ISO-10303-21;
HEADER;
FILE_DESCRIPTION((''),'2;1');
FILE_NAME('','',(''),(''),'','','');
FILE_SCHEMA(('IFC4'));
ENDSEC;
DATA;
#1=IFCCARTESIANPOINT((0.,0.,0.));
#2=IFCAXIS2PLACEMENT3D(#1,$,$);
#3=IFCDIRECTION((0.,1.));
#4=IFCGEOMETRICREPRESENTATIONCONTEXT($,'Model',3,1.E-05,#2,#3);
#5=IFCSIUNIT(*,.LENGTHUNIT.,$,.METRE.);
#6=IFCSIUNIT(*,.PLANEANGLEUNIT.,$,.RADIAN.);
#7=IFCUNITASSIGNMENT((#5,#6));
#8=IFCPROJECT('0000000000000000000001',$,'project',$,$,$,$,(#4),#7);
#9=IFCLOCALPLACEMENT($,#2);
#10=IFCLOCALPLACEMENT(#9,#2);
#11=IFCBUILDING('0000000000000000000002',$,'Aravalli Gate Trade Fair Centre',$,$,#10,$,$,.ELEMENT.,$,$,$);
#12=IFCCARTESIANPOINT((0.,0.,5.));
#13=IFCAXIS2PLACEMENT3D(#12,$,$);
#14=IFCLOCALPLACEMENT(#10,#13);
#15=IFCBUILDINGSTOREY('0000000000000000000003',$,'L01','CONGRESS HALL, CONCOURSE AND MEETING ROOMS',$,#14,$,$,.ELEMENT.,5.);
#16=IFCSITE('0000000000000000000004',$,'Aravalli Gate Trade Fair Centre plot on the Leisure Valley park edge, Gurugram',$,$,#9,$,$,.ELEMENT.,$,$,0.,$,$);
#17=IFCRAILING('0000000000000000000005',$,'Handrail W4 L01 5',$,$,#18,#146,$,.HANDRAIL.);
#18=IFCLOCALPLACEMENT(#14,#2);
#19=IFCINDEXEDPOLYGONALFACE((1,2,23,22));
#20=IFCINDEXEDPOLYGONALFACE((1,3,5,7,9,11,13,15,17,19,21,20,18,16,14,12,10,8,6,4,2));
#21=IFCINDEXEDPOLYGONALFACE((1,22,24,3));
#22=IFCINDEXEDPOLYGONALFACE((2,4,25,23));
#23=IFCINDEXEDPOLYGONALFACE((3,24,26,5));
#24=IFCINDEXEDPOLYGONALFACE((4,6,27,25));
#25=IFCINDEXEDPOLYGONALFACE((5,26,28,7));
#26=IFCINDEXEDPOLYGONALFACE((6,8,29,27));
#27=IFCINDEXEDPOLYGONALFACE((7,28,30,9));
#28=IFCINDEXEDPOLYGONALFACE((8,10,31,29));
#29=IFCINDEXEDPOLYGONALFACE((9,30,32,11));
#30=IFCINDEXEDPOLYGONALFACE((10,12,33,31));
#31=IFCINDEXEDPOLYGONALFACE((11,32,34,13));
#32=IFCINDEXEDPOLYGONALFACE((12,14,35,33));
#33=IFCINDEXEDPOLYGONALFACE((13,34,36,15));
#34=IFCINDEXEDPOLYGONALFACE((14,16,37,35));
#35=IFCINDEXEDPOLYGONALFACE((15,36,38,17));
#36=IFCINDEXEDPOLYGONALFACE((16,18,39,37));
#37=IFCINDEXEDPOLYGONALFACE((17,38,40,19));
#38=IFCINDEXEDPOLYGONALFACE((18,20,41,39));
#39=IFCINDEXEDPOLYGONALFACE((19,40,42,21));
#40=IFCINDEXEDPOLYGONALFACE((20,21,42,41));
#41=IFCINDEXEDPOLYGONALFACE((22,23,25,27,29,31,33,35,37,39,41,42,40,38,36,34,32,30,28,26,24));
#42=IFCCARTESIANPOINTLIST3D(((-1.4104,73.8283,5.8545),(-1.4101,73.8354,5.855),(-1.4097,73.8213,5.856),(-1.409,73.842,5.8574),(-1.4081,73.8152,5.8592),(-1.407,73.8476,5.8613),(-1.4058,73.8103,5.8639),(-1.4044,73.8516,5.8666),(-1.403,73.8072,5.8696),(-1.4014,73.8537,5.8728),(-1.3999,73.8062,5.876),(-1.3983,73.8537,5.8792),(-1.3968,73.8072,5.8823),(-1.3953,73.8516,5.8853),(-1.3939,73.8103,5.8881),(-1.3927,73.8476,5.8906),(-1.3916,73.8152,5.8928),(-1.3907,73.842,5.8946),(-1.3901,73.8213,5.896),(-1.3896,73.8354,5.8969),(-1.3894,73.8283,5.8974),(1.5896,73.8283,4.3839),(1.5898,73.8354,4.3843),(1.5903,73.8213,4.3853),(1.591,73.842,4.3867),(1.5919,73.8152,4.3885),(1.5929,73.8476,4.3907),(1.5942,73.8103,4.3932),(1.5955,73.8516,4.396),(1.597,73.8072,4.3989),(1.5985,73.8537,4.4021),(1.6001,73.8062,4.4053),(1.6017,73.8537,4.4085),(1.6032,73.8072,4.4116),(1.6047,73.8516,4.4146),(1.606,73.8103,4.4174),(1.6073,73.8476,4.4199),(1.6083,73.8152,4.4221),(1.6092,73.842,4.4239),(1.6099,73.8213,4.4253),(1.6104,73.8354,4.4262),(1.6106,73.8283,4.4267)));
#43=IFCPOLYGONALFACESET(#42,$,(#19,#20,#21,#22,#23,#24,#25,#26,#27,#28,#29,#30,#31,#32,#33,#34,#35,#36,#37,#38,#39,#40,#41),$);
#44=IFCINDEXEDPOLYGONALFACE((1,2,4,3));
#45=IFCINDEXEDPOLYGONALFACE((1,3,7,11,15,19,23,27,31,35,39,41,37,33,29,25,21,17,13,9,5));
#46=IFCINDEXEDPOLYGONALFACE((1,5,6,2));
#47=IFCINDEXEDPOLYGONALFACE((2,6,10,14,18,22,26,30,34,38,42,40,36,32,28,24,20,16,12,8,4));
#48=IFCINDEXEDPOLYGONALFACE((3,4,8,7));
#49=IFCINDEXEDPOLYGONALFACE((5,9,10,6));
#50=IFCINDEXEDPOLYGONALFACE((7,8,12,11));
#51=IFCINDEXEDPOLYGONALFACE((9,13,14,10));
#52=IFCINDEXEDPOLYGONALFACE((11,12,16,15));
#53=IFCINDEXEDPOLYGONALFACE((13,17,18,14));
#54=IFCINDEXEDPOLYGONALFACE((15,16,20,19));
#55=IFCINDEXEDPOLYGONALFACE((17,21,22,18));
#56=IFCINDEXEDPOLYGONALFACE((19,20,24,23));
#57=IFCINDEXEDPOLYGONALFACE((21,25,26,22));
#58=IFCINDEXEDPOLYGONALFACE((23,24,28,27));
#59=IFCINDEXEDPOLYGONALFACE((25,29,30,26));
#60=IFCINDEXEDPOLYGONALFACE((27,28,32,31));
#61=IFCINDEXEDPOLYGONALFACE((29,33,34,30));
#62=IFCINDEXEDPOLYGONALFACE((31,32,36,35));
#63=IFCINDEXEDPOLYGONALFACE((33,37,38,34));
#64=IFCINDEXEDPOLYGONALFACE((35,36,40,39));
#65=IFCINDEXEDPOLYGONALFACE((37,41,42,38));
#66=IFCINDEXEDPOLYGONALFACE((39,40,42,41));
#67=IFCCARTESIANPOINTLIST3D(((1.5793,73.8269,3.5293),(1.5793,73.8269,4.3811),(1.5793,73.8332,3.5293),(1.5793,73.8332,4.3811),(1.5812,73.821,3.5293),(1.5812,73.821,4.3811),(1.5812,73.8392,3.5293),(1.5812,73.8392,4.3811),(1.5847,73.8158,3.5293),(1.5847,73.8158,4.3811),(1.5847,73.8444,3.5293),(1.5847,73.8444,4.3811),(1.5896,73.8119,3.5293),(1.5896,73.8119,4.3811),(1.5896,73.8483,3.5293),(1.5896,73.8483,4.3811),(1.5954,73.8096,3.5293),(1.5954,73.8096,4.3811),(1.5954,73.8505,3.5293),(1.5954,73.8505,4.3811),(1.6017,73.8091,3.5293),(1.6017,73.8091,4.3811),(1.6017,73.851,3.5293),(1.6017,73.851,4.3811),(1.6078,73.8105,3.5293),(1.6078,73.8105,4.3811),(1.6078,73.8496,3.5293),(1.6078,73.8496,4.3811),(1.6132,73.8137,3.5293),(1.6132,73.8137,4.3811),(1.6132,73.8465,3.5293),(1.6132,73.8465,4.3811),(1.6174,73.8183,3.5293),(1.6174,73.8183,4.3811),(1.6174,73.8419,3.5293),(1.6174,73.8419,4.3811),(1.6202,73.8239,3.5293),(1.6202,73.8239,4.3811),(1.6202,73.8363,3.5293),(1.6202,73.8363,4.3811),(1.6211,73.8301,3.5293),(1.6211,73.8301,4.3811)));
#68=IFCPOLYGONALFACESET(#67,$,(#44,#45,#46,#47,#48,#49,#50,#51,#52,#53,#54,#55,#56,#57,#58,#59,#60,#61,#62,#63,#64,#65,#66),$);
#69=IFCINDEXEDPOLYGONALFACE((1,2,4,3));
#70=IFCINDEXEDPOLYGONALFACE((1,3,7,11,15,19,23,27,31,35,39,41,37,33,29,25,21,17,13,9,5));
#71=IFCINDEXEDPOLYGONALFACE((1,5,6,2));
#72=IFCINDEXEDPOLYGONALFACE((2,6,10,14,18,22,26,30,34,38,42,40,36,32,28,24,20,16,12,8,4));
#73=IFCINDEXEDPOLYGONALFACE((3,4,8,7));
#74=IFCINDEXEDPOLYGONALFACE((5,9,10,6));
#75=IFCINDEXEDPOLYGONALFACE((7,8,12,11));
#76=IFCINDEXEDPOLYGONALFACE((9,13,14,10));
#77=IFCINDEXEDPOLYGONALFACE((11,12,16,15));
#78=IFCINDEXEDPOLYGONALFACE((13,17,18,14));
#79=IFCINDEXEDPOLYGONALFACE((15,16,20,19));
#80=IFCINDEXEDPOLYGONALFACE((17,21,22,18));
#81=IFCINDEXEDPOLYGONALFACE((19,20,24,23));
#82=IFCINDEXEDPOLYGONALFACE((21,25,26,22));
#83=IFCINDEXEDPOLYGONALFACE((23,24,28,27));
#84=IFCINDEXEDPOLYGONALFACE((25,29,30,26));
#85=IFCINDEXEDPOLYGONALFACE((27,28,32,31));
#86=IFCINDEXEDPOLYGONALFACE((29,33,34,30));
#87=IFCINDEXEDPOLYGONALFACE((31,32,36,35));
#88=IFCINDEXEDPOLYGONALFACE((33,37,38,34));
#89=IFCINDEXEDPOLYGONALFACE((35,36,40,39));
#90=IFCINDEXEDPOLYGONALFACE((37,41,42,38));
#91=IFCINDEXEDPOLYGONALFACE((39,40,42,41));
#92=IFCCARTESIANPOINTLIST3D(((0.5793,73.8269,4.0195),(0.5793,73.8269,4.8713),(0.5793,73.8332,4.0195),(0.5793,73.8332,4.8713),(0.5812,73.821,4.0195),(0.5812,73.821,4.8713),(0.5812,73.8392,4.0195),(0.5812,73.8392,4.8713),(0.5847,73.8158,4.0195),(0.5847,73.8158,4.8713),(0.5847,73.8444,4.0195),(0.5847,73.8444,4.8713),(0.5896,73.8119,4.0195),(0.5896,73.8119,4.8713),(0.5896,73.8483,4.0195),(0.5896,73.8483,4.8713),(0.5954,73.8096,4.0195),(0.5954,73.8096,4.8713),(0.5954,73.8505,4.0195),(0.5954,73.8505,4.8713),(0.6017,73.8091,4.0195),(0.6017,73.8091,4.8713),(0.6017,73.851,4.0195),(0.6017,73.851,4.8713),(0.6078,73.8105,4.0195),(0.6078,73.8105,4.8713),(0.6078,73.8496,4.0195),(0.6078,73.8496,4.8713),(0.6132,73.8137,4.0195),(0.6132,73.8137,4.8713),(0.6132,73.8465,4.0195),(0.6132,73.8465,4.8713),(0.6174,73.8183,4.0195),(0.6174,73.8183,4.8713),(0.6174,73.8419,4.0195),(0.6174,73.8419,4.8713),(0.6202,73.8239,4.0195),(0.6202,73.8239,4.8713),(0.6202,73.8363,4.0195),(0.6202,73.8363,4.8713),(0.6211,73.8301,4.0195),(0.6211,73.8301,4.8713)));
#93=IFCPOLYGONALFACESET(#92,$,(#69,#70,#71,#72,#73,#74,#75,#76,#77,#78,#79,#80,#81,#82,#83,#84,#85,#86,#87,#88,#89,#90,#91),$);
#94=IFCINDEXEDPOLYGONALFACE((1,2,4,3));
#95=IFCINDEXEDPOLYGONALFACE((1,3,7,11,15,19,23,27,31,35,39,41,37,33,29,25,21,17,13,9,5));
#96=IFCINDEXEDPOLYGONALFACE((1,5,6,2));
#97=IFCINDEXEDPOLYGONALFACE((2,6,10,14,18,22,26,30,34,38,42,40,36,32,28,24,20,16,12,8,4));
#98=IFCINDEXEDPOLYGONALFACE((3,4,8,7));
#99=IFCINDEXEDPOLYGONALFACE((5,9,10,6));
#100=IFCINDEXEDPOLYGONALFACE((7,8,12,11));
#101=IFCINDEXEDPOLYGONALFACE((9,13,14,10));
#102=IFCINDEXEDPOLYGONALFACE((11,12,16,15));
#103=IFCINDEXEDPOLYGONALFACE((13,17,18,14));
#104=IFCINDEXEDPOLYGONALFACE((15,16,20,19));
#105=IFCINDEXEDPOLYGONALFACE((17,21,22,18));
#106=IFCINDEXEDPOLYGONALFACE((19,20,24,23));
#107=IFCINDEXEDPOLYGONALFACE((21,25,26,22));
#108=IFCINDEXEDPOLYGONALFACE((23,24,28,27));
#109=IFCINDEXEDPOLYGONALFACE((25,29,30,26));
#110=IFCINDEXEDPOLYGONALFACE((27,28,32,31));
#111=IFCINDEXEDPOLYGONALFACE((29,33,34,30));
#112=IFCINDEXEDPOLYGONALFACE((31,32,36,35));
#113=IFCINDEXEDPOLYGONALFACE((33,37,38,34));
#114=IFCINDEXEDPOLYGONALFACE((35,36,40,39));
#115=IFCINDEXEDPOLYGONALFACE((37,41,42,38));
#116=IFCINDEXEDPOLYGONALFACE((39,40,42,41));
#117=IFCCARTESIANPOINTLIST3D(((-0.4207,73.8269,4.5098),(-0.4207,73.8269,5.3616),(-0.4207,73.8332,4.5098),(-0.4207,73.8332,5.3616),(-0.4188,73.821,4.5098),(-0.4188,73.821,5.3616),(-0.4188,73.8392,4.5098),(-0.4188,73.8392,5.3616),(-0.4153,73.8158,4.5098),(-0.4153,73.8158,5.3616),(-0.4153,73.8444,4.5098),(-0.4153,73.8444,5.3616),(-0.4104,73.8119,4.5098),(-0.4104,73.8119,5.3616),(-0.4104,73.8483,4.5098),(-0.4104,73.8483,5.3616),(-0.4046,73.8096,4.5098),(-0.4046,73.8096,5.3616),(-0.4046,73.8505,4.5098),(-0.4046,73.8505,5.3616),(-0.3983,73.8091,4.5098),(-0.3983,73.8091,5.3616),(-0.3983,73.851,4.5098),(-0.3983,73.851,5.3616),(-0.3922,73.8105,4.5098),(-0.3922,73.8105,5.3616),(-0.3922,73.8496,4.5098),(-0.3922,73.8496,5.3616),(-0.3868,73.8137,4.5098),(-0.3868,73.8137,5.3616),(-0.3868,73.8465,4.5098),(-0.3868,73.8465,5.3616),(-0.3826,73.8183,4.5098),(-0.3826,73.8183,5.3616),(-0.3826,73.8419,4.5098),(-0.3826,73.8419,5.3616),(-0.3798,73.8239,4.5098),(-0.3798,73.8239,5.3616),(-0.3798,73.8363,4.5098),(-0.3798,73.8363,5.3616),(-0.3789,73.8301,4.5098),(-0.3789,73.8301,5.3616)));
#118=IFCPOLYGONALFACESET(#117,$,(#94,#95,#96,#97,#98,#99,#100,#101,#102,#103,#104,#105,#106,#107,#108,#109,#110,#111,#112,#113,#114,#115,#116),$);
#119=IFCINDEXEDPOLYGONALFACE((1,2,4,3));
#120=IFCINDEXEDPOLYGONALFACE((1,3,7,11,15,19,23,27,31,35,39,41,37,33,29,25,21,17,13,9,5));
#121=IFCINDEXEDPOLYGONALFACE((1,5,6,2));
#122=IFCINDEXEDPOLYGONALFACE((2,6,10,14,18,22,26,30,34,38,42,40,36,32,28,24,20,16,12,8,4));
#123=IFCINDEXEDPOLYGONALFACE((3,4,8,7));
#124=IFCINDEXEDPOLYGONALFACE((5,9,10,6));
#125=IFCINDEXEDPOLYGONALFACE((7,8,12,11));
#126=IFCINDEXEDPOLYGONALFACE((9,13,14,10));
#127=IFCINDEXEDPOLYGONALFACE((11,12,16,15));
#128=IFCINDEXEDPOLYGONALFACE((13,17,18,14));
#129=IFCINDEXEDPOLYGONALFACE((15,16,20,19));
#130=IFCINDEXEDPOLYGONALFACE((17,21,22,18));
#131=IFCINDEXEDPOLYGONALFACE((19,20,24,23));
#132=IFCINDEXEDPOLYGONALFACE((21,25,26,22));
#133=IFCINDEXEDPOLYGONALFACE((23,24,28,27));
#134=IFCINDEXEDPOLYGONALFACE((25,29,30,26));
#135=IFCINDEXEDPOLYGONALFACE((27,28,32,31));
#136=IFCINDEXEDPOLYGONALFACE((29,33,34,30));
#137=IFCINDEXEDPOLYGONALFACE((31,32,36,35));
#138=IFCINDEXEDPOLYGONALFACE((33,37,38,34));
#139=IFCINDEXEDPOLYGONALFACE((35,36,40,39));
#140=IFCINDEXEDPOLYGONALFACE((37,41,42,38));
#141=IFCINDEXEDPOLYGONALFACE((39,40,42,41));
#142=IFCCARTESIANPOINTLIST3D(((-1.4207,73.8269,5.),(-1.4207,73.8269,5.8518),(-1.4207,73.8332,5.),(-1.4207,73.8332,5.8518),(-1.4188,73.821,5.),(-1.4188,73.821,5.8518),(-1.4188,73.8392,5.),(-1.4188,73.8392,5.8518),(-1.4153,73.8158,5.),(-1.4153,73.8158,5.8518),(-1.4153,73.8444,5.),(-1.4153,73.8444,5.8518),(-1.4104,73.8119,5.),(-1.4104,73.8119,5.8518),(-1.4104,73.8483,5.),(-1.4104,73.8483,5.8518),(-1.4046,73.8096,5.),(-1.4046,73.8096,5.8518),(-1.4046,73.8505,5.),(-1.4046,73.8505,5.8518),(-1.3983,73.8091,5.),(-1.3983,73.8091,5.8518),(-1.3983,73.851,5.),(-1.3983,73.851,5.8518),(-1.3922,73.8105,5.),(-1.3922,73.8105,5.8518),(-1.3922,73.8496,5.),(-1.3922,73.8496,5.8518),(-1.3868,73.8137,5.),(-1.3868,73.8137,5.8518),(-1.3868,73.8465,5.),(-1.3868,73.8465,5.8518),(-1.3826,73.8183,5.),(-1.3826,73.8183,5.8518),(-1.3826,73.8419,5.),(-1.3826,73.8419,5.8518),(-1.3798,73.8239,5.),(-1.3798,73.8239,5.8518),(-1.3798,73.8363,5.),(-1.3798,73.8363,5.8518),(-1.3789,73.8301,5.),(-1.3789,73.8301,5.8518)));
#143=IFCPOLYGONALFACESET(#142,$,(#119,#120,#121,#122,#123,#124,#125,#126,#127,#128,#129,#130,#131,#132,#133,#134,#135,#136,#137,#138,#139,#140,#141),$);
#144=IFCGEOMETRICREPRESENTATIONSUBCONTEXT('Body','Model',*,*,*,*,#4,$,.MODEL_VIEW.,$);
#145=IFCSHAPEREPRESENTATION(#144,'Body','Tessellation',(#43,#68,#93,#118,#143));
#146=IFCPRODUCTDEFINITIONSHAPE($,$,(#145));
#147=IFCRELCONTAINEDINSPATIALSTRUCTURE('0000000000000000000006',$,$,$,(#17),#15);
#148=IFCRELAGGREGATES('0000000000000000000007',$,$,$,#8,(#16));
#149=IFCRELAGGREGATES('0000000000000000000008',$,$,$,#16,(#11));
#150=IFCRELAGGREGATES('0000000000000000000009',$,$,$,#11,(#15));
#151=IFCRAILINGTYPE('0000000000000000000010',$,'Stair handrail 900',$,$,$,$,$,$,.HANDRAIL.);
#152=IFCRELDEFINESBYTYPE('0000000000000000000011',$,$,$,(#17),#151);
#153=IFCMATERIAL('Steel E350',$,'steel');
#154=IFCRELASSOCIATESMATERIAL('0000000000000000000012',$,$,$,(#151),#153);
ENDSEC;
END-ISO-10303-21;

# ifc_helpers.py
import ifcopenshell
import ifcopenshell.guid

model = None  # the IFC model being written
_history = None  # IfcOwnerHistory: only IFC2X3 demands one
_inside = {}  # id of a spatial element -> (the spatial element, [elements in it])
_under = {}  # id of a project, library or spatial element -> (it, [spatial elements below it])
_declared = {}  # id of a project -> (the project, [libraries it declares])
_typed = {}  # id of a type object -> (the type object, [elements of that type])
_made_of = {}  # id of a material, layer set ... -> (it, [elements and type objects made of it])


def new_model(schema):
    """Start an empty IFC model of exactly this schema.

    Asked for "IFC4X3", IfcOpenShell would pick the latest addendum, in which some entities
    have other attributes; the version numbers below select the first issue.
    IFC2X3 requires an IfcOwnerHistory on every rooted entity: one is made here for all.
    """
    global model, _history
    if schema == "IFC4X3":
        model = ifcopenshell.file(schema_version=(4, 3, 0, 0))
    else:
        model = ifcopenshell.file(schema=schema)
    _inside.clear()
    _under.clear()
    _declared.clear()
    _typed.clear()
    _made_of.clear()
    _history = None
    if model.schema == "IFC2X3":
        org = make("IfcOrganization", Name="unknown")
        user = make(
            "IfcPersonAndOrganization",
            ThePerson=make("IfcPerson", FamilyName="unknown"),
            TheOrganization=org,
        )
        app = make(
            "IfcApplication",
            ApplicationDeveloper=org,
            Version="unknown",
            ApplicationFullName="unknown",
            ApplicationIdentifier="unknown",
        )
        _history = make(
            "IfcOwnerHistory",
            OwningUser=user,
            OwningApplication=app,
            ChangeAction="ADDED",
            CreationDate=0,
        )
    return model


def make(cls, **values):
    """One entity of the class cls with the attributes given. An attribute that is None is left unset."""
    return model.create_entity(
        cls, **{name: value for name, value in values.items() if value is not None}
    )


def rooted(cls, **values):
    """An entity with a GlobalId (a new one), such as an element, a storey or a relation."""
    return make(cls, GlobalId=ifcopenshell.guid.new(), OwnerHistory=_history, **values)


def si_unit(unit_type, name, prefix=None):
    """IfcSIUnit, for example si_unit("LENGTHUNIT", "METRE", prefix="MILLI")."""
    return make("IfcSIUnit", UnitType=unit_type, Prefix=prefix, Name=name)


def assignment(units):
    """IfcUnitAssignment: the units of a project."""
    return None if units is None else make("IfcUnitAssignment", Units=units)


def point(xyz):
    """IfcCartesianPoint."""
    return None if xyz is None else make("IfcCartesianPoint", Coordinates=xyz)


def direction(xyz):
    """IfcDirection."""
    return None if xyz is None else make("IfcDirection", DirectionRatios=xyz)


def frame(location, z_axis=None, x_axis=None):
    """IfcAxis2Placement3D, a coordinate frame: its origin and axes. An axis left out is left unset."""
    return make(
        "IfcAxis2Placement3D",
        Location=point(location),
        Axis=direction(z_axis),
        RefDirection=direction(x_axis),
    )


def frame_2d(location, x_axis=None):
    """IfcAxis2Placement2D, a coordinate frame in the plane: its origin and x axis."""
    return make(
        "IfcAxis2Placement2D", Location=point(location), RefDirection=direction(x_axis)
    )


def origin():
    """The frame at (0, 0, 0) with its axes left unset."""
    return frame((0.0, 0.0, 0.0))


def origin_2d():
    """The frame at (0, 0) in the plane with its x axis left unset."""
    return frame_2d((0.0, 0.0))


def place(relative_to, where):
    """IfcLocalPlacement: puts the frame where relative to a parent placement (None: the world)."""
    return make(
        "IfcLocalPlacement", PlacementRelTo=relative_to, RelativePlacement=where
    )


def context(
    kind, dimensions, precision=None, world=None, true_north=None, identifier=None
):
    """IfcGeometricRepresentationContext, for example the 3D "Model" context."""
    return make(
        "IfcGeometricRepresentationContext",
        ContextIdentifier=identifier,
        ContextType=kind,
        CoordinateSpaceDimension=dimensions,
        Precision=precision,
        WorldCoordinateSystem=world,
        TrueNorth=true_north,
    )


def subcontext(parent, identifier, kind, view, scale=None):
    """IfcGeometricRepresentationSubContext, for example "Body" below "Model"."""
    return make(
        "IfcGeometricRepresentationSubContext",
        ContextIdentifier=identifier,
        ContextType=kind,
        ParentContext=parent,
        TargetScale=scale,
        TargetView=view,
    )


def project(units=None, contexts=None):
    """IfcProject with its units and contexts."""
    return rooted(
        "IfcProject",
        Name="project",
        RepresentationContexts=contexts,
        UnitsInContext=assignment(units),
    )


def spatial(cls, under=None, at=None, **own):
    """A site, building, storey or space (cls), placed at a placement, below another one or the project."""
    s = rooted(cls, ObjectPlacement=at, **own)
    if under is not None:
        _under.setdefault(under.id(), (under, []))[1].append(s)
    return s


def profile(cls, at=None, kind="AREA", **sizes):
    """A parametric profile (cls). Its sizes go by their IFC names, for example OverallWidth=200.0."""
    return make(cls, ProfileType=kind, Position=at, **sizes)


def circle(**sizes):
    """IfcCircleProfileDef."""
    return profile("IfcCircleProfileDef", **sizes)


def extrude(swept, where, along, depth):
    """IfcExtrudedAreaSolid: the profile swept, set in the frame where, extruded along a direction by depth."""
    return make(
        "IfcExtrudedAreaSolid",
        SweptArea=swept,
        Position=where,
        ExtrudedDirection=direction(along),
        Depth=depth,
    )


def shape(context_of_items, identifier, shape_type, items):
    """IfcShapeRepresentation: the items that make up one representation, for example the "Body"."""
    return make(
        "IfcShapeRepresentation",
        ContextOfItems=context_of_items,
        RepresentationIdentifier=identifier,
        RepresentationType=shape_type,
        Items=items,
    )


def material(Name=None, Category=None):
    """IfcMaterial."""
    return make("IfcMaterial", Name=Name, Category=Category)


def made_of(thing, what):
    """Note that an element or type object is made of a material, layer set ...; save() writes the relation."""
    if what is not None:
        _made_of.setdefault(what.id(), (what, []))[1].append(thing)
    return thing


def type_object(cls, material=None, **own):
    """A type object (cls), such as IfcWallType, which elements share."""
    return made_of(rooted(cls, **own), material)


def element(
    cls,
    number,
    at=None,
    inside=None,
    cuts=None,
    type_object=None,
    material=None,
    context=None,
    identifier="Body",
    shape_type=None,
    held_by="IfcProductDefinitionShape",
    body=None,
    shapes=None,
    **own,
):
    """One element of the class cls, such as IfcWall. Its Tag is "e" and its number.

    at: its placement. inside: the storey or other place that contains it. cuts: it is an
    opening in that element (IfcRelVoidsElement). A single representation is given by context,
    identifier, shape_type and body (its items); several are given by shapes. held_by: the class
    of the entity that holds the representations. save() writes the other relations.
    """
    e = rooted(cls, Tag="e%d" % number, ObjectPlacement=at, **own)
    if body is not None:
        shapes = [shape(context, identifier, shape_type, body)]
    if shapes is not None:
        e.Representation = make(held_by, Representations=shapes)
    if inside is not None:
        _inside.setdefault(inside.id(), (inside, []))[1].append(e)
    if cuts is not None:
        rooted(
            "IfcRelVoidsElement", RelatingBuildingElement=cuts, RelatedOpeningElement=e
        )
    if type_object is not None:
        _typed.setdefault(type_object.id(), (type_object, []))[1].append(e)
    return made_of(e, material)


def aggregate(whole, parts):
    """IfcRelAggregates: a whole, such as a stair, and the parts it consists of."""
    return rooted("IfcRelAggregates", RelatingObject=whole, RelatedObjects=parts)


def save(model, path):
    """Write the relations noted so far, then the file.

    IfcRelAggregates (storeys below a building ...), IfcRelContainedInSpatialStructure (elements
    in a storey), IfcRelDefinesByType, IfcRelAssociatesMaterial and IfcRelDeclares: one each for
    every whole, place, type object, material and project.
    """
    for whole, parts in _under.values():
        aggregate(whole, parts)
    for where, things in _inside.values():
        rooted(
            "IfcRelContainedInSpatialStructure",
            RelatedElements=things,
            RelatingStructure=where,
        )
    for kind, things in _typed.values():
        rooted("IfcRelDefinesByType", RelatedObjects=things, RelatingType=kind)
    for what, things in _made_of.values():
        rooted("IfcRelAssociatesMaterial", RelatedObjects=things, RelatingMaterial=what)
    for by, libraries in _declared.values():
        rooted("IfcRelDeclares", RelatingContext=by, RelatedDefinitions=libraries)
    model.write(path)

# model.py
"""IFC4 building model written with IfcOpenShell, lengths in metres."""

from ifc_helpers import new_model, si_unit, direction, frame, origin, origin_2d, place, context, subcontext, project, spatial, circle, extrude, material, type_object, element, save


model = new_model("IFC4")

# Units and contexts
model_context = context("Model", 3, precision=1e-05, world=origin(), true_north=direction((0.0, 1.0)))
body_context = subcontext(model_context, "Body", "Model", "MODEL_VIEW")
ifc_project = project(units=[si_unit("LENGTHUNIT", "METRE"), si_unit("PLANEANGLEUNIT", "RADIAN")], contexts=[model_context])

# Site, building, storey
site_placement = place(None, origin())
site = spatial("IfcSite", under=ifc_project, at=site_placement, Name="Aravalli Gate Trade Fair Centre plot on the Leisure Valley park edge, Gurugram", CompositionType="ELEMENT", RefElevation=0.0)
building_placement = place(site_placement, origin())
building = spatial("IfcBuilding", under=site, at=building_placement, Name="Aravalli Gate Trade Fair Centre", CompositionType="ELEMENT")
storey_placement = place(building_placement, frame((0.0, 0.0, 5.0)))
storey = spatial("IfcBuildingStorey", under=building, at=storey_placement, Name="L01", Description="CONGRESS HALL, CONCOURSE AND MEETING ROOMS", CompositionType="ELEMENT", Elevation=5.0)

# Railing
ifc_material_1 = material(Name="Steel E350", Category="steel")
railing_type = type_object("IfcRailingType", Name="Stair handrail 900", PredefinedType="HANDRAIL", material=ifc_material_1)
for number, where, name in (
    (1, (1.6001, 73.8301, 3.5293), "Handrail W4 L01 5"),
):
    element("IfcRailing", number, at=place(storey_placement, frame(where)), inside=storey, type_object=railing_type, Name=name, PredefinedType="HANDRAIL", context=body_context, shape_type="SweptSolid", body=[
        extrude(circle(Radius=0.0239, at=origin_2d()), frame((0.0, 0.0, 0.876), z_axis=(-0.897907, 0.0, 0.440185), x_axis=(0.0, -1.0, 0.0)), (0.0, 0.0, 1.0), 3.3411),
        extrude(circle(Radius=0.021, at=origin_2d()), origin(), (0.0, 0.0, 1.0), 0.8518),
        extrude(circle(Radius=0.021, at=origin_2d()), frame((-1.0, 0.0, 0.4902)), (0.0, 0.0, 1.0), 0.8518),
        extrude(circle(Radius=0.021, at=origin_2d()), frame((-2.0, 0.0, 0.9805)), (0.0, 0.0, 1.0), 0.8518),
        extrude(circle(Radius=0.021, at=origin_2d()), frame((-3.0, 0.0, 1.4707)), (0.0, 0.0, 1.0), 0.8518),
    ])

save(model, "model.ifc")
